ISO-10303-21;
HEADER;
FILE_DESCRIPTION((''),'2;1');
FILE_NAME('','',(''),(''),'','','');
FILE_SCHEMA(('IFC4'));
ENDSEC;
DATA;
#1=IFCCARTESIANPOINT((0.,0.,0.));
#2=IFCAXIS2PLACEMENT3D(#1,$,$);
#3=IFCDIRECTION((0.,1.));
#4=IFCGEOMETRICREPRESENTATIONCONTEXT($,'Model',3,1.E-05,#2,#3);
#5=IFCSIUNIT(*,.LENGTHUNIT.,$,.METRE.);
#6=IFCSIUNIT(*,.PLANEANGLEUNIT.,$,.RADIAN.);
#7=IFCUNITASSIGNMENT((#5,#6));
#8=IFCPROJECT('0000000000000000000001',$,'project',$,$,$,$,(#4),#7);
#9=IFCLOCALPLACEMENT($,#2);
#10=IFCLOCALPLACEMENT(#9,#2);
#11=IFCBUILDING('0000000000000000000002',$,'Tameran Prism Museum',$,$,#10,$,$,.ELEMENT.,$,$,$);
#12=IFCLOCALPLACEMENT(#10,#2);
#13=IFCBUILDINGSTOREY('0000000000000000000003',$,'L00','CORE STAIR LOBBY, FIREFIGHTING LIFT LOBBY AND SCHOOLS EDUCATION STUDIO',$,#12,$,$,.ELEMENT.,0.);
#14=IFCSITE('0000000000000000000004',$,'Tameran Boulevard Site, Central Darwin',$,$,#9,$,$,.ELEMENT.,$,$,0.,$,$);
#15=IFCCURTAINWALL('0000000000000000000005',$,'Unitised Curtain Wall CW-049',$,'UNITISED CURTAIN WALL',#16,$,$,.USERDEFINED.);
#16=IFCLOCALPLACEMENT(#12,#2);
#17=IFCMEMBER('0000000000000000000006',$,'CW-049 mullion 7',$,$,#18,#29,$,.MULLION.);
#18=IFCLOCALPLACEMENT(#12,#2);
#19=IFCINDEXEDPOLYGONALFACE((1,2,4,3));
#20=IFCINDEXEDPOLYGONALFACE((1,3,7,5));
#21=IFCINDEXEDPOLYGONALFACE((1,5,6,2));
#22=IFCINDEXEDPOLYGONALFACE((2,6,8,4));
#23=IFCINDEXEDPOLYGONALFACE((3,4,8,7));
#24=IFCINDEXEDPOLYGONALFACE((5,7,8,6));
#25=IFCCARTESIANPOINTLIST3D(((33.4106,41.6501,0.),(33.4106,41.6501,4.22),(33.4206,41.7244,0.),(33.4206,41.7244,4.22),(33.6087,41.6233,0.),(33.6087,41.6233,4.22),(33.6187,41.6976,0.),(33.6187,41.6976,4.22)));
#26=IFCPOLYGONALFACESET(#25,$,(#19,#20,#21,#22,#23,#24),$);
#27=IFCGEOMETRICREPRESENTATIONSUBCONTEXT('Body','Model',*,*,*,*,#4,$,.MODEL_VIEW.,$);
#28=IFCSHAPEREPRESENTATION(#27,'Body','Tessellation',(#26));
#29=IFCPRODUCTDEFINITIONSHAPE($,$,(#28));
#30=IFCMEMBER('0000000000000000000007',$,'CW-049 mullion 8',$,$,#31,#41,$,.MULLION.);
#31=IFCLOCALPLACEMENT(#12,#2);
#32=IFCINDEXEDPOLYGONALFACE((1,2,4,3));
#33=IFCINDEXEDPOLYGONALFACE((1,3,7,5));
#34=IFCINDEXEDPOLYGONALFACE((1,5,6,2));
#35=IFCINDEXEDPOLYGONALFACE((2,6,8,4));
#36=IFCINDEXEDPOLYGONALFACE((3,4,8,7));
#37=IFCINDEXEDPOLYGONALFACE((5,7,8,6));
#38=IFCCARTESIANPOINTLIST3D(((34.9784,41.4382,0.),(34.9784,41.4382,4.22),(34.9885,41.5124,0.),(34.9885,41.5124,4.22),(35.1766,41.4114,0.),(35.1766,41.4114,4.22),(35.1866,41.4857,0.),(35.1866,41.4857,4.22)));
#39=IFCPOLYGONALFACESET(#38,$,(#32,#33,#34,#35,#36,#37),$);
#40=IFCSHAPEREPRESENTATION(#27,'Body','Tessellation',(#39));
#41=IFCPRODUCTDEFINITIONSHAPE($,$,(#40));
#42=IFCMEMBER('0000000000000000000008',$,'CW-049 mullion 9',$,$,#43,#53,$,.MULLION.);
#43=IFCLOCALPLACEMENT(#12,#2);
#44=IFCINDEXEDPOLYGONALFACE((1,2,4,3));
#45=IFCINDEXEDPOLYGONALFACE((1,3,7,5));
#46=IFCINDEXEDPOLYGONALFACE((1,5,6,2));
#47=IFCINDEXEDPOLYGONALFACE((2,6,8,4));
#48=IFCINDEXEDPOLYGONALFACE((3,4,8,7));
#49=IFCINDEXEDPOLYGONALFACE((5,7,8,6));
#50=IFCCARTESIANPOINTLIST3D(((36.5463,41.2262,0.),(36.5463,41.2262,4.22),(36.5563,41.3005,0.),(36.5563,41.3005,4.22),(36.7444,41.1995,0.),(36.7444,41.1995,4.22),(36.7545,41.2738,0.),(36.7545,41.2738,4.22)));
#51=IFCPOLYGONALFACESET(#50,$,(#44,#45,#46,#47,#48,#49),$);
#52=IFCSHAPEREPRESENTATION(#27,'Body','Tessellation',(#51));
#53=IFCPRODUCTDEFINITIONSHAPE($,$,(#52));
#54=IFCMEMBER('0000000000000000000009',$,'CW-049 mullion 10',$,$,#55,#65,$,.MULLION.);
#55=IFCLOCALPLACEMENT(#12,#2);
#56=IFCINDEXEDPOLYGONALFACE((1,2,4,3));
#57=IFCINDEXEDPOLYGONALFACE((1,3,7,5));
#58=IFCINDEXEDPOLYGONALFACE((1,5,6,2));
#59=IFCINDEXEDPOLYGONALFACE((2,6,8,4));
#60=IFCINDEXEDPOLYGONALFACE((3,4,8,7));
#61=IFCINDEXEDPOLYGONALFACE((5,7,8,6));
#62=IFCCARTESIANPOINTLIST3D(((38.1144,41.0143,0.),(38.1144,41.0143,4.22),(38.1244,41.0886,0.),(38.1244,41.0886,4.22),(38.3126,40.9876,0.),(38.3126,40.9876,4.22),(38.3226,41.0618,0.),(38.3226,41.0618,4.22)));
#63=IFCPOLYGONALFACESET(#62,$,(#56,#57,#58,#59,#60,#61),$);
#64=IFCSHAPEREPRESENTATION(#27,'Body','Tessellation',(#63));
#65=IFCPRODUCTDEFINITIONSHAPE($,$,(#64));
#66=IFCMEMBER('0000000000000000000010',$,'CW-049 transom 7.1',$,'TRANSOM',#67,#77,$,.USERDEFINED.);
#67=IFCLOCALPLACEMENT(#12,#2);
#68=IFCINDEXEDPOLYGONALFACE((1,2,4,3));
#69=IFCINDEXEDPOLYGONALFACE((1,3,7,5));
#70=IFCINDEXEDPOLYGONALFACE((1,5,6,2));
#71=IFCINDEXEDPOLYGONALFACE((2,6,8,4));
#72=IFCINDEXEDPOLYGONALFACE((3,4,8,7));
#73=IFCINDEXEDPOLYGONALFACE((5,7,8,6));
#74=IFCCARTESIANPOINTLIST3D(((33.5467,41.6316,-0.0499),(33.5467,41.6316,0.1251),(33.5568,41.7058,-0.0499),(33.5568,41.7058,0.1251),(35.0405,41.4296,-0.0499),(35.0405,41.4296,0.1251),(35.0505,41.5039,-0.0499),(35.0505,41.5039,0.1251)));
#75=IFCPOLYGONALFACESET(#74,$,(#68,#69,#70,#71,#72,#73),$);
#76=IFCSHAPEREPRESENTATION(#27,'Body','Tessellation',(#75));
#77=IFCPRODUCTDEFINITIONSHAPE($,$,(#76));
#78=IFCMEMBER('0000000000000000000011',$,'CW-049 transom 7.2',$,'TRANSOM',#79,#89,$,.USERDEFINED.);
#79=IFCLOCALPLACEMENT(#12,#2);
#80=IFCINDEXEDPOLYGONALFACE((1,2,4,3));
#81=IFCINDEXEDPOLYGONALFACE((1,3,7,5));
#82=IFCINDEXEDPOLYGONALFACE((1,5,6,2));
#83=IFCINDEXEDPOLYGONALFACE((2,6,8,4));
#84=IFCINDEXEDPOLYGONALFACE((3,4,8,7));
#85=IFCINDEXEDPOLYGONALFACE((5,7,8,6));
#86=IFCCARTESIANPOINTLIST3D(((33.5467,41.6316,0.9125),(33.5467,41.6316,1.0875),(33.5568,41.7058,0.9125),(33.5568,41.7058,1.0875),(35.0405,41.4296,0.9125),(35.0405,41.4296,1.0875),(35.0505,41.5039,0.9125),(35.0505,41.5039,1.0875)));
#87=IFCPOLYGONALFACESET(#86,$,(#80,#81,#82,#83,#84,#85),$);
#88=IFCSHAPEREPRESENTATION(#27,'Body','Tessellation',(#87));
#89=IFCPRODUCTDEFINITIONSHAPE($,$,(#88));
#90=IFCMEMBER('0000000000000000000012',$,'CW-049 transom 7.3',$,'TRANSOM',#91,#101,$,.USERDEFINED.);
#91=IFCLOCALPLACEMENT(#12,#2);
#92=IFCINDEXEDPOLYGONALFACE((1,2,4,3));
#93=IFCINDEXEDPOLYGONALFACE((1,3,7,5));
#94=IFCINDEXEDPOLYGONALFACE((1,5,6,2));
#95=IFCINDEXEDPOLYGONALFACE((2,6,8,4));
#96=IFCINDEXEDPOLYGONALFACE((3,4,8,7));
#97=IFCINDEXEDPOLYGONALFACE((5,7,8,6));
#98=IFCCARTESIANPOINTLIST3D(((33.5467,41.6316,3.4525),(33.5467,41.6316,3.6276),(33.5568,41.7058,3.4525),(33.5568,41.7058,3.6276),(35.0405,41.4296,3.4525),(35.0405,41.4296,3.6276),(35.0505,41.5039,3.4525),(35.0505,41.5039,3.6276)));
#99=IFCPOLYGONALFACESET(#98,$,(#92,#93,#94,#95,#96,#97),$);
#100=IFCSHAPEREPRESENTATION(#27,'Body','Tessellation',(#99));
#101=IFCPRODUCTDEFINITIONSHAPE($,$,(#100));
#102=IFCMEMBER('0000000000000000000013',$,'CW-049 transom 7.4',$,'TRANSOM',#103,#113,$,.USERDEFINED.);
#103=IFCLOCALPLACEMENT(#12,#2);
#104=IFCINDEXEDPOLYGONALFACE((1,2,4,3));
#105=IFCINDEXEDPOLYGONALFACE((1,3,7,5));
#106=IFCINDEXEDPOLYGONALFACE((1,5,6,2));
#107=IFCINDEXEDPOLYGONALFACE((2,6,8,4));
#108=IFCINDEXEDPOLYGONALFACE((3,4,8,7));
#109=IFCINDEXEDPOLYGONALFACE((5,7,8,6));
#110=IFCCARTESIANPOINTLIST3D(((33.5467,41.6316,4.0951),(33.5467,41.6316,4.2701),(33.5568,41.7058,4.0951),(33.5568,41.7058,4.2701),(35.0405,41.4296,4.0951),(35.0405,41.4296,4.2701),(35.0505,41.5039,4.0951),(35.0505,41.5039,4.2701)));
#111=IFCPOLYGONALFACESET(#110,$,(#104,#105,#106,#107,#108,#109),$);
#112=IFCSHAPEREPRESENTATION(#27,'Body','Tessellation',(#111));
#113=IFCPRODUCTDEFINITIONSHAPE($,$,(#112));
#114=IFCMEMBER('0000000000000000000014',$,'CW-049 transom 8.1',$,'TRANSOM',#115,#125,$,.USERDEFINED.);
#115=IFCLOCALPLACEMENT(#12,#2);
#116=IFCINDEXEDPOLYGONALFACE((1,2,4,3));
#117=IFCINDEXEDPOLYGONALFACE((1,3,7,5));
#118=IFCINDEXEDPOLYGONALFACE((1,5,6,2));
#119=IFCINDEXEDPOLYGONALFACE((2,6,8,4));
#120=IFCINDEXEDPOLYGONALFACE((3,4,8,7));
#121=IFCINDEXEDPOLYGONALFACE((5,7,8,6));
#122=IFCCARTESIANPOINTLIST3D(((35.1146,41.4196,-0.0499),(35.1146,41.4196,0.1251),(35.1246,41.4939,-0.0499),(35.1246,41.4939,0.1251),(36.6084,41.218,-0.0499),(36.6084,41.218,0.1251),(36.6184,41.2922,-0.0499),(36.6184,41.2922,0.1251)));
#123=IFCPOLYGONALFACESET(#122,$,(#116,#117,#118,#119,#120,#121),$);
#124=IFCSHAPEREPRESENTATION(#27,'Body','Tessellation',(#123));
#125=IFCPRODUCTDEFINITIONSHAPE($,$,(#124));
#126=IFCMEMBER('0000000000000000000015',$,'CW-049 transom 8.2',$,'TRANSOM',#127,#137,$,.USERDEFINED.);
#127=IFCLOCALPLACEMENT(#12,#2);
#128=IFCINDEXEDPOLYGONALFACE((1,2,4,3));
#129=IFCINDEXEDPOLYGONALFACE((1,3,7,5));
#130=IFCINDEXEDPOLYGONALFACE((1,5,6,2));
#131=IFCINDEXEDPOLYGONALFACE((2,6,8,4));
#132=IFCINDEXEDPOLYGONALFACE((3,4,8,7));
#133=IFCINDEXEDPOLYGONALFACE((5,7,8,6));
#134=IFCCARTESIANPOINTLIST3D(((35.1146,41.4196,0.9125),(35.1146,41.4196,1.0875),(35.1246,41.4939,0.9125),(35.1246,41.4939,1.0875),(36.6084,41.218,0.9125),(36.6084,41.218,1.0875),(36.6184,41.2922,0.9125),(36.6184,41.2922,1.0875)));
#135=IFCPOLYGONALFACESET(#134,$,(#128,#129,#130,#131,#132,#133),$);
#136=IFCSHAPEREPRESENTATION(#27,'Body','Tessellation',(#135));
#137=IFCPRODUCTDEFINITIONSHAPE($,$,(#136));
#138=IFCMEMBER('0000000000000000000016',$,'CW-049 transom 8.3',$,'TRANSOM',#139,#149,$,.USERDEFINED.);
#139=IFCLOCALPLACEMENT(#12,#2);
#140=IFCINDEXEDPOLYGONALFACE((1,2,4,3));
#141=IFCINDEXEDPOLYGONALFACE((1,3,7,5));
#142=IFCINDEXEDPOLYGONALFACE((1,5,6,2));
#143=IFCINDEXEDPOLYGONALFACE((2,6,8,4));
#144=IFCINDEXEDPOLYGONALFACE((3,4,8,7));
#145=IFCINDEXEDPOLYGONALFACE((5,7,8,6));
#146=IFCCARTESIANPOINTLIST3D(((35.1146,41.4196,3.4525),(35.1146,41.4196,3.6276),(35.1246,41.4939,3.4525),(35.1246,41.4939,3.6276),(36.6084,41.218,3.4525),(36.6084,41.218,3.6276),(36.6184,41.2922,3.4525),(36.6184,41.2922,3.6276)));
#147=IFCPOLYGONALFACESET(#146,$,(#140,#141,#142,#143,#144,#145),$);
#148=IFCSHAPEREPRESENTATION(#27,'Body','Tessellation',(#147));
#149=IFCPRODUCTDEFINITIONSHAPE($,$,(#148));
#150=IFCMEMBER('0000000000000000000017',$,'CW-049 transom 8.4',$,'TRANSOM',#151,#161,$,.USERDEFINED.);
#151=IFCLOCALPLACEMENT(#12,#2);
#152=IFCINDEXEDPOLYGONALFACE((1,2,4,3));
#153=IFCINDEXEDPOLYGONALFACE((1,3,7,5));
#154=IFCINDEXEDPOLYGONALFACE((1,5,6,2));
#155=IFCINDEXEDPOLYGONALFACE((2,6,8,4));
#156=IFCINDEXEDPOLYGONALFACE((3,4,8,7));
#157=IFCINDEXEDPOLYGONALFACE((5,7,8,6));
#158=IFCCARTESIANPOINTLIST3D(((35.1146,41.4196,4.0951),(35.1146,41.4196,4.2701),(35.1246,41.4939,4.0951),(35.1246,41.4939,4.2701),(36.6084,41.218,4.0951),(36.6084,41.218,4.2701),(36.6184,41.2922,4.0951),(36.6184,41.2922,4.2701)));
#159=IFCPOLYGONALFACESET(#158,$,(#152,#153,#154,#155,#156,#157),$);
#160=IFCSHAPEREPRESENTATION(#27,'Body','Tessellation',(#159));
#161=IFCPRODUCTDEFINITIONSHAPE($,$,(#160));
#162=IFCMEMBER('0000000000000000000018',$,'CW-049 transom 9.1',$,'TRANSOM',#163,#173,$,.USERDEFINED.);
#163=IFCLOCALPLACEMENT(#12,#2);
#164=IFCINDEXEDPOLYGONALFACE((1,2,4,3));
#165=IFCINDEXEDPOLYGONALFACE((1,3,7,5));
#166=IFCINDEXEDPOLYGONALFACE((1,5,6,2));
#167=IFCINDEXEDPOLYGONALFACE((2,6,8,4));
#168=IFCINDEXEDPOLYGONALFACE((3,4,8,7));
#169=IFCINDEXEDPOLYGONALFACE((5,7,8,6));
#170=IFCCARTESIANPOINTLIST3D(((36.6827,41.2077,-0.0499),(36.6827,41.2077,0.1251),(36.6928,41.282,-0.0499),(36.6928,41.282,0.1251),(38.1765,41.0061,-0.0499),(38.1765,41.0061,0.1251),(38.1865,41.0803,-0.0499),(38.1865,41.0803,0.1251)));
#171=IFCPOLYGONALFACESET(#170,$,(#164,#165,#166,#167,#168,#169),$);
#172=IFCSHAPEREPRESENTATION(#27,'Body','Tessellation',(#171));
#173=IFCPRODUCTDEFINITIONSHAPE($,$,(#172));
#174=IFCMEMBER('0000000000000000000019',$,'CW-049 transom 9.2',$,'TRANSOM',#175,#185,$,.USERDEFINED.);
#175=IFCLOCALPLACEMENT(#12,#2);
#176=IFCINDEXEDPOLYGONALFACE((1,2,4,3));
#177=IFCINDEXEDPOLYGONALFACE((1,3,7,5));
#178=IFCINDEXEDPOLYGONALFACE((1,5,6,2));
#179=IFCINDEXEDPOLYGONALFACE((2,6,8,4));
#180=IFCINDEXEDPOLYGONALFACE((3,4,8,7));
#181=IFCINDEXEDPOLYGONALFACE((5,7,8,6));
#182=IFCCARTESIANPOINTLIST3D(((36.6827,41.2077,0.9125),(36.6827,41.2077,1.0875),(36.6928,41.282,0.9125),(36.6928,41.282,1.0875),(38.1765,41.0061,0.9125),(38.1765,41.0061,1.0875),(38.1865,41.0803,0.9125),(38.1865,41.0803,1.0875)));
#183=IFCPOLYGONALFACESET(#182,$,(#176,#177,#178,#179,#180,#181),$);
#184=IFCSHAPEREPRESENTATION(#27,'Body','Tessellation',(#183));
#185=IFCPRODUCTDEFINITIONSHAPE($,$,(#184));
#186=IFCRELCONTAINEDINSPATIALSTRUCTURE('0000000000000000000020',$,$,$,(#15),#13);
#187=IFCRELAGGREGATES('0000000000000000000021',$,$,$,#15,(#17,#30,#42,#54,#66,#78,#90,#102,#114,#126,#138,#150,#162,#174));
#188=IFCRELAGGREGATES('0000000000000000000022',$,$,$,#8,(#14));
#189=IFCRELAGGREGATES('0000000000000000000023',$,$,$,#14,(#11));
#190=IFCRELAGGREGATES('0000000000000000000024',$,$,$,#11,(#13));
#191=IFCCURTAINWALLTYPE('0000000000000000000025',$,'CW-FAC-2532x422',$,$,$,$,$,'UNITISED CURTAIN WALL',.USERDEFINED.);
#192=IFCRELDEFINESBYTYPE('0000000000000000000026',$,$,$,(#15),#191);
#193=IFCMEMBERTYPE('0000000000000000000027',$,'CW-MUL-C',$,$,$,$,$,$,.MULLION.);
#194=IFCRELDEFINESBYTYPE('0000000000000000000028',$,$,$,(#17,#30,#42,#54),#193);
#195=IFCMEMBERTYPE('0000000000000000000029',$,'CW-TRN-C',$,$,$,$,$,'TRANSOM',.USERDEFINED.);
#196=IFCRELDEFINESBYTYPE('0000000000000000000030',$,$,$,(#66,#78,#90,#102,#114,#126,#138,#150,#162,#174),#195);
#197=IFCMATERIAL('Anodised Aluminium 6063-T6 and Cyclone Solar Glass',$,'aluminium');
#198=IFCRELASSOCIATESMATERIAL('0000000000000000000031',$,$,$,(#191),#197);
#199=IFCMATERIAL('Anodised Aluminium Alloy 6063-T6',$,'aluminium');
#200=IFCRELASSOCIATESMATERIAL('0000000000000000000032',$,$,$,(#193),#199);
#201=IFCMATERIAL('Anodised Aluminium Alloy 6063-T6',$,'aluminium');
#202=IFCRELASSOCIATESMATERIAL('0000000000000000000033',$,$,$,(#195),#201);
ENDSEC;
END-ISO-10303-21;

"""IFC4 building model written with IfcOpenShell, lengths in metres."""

from ifc_helpers import new_model, si_unit, direction, frame, origin, origin_2d, place, context, subcontext, project, spatial, rectangle, extrude, material, material_profile, profile_set, type_object, element, aggregate, save


model = new_model("IFC4")

# Units and contexts
model_context = context("Model", 3, precision=1e-05, world=origin(), true_north=direction((0.0, 1.0)))
body_context = subcontext(model_context, "Body", "Model", "MODEL_VIEW")
ifc_project = project(units=[si_unit("LENGTHUNIT", "METRE"), si_unit("PLANEANGLEUNIT", "RADIAN")], contexts=[model_context])

# Site, building, storey
site_placement = place(None, origin())
site = spatial("IfcSite", under=ifc_project, at=site_placement, Name="Tameran Boulevard Site, Central Darwin", CompositionType="ELEMENT", RefElevation=0.0)
building_placement = place(site_placement, origin())
building = spatial("IfcBuilding", under=site, at=building_placement, Name="Tameran Prism Museum", CompositionType="ELEMENT")
storey_placement = place(building_placement, origin())
storey = spatial("IfcBuildingStorey", under=building, at=storey_placement, Name="L00", Description="CORE STAIR LOBBY, FIREFIGHTING LIFT LOBBY AND SCHOOLS EDUCATION STUDIO", CompositionType="ELEMENT", Elevation=0.0)

# Curtain wall, members
ifc_material_1 = material(Name="Anodised Aluminium 6063-T6 and Cyclone Solar Glass", Category="aluminium")
curtain_wall_type = type_object("IfcCurtainWallType", Name="CW-FAC-2532x422", ElementType="UNITISED CURTAIN WALL", PredefinedType="USERDEFINED", material=ifc_material_1)
curtain_wall_placement = place(storey_placement, origin())
curtain_wall = element("IfcCurtainWall", 1, at=curtain_wall_placement, inside=storey, type_object=curtain_wall_type, Name="Unitised Curtain Wall CW-049", ObjectType="UNITISED CURTAIN WALL", PredefinedType="USERDEFINED")
ifc_material_2 = material(Name="Anodised Aluminium Alloy 6063-T6", Category="aluminium")
ifc_material_profile_1 = material_profile(ifc_material_2, rectangle(XDim=0.075, YDim=0.2, at=origin_2d()))
ifc_profile_set_1 = profile_set([ifc_material_profile_1])
member_type_1 = type_object("IfcMemberType", Name="CW-MUL-C", PredefinedType="MULLION", material=ifc_profile_set_1)
member_1_placement = place(storey_placement, frame((33.5146, 41.6738, 0.0), z_axis=(0.0, 0.0, 1.0), x_axis=(0.133913, 0.990993, 0.0)))
member_1 = element("IfcMember", 2, at=member_1_placement, type_object=member_type_1, Name="CW-049 mullion 7", PredefinedType="MULLION", context=body_context, shape_type="SweptSolid", body=[
    extrude(rectangle(XDim=0.075, YDim=0.2, at=origin_2d()), origin(), (0.0, 0.0, 1.0), 4.22),
])
member_2_placement = place(storey_placement, frame((35.0825, 41.4619, 0.0), z_axis=(0.0, 0.0, 1.0), x_axis=(0.133913, 0.990993, 0.0)))
member_2 = element("IfcMember", 3, at=member_2_placement, type_object=member_type_1, Name="CW-049 mullion 8", PredefinedType="MULLION", context=body_context, shape_type="SweptSolid", body=[
    extrude(rectangle(XDim=0.075, YDim=0.2, at=origin_2d()), origin(), (0.0, 0.0, 1.0), 4.22),
])
member_3_placement = place(storey_placement, frame((36.6504, 41.25, 0.0), z_axis=(0.0, 0.0, 1.0), x_axis=(0.133913, 0.990993, 0.0)))
member_3 = element("IfcMember", 4, at=member_3_placement, type_object=member_type_1, Name="CW-049 mullion 9", PredefinedType="MULLION", context=body_context, shape_type="SweptSolid", body=[
    extrude(rectangle(XDim=0.075, YDim=0.2, at=origin_2d()), origin(), (0.0, 0.0, 1.0), 4.22),
])
member_4_placement = place(storey_placement, frame((38.2185, 41.0381, 0.0), z_axis=(0.0, 0.0, 1.0), x_axis=(0.133913, 0.990993, 0.0)))
member_4 = element("IfcMember", 5, at=member_4_placement, type_object=member_type_1, Name="CW-049 mullion 10", PredefinedType="MULLION", context=body_context, shape_type="SweptSolid", body=[
    extrude(rectangle(XDim=0.075, YDim=0.2, at=origin_2d()), origin(), (0.0, 0.0, 1.0), 4.22),
])
ifc_material_3 = material(Name="Anodised Aluminium Alloy 6063-T6", Category="aluminium")
ifc_material_profile_2 = material_profile(ifc_material_3, rectangle(XDim=0.075, YDim=0.175, at=origin_2d()))
ifc_profile_set_2 = profile_set([ifc_material_profile_2])
member_type_2 = type_object("IfcMemberType", Name="CW-TRN-C", ElementType="TRANSOM", PredefinedType="USERDEFINED", material=ifc_profile_set_2)
member_5_placement = place(storey_placement, frame((33.5518, 41.6687, 0.0376), z_axis=(0.990987, -0.133957, 0.0), x_axis=(0.133957, 0.990987, 0.0)))
member_5 = element("IfcMember", 6, at=member_5_placement, type_object=member_type_2, Name="CW-049 transom 7.1", ObjectType="TRANSOM", PredefinedType="USERDEFINED", context=body_context, shape_type="SweptSolid", body=[
    extrude(rectangle(XDim=0.075, YDim=0.175, at=origin_2d()), origin(), (0.0, 0.0, 1.0), 1.5073),
])
member_6_placement = place(storey_placement, frame((33.5518, 41.6687, 1.0), z_axis=(0.990987, -0.133957, 0.0), x_axis=(0.133957, 0.990987, 0.0)))
member_6 = element("IfcMember", 7, at=member_6_placement, type_object=member_type_2, Name="CW-049 transom 7.2", ObjectType="TRANSOM", PredefinedType="USERDEFINED", context=body_context, shape_type="SweptSolid", body=[
    extrude(rectangle(XDim=0.075, YDim=0.175, at=origin_2d()), origin(), (0.0, 0.0, 1.0), 1.5073),
])
member_7_placement = place(storey_placement, frame((33.5518, 41.6687, 3.54), z_axis=(0.990987, -0.133957, 0.0), x_axis=(0.133957, 0.990987, 0.0)))
member_7 = element("IfcMember", 8, at=member_7_placement, type_object=member_type_2, Name="CW-049 transom 7.3", ObjectType="TRANSOM", PredefinedType="USERDEFINED", context=body_context, shape_type="SweptSolid", body=[
    extrude(rectangle(XDim=0.075, YDim=0.175, at=origin_2d()), origin(), (0.0, 0.0, 1.0), 1.5073),
])
member_8_placement = place(storey_placement, frame((33.5518, 41.6687, 4.1826), z_axis=(0.990987, -0.133957, 0.0), x_axis=(0.133957, 0.990987, 0.0)))
member_8 = element("IfcMember", 9, at=member_8_placement, type_object=member_type_2, Name="CW-049 transom 7.4", ObjectType="TRANSOM", PredefinedType="USERDEFINED", context=body_context, shape_type="SweptSolid", body=[
    extrude(rectangle(XDim=0.075, YDim=0.175, at=origin_2d()), origin(), (0.0, 0.0, 1.0), 1.5073),
])
member_9_placement = place(storey_placement, frame((35.1196, 41.4568, 0.0376), z_axis=(0.991009, -0.133798, 0.0), x_axis=(0.133798, 0.991009, 0.0)))
member_9 = element("IfcMember", 10, at=member_9_placement, type_object=member_type_2, Name="CW-049 transom 8.1", ObjectType="TRANSOM", PredefinedType="USERDEFINED", context=body_context, shape_type="SweptSolid", body=[
    extrude(rectangle(XDim=0.075, YDim=0.175, at=origin_2d()), origin(), (0.0, 0.0, 1.0), 1.5073),
])
member_10_placement = place(storey_placement, frame((35.1196, 41.4568, 1.0), z_axis=(0.991009, -0.133798, 0.0), x_axis=(0.133798, 0.991009, 0.0)))
member_10 = element("IfcMember", 11, at=member_10_placement, type_object=member_type_2, Name="CW-049 transom 8.2", ObjectType="TRANSOM", PredefinedType="USERDEFINED", context=body_context, shape_type="SweptSolid", body=[
    extrude(rectangle(XDim=0.075, YDim=0.175, at=origin_2d()), origin(), (0.0, 0.0, 1.0), 1.5073),
])
member_11_placement = place(storey_placement, frame((35.1196, 41.4568, 3.54), z_axis=(0.991009, -0.133798, 0.0), x_axis=(0.133798, 0.991009, 0.0)))
member_11 = element("IfcMember", 12, at=member_11_placement, type_object=member_type_2, Name="CW-049 transom 8.3", ObjectType="TRANSOM", PredefinedType="USERDEFINED", context=body_context, shape_type="SweptSolid", body=[
    extrude(rectangle(XDim=0.075, YDim=0.175, at=origin_2d()), origin(), (0.0, 0.0, 1.0), 1.5073),
])
member_12_placement = place(storey_placement, frame((35.1196, 41.4568, 4.1826), z_axis=(0.991009, -0.133798, 0.0), x_axis=(0.133798, 0.991009, 0.0)))
member_12 = element("IfcMember", 13, at=member_12_placement, type_object=member_type_2, Name="CW-049 transom 8.4", ObjectType="TRANSOM", PredefinedType="USERDEFINED", context=body_context, shape_type="SweptSolid", body=[
    extrude(rectangle(XDim=0.075, YDim=0.175, at=origin_2d()), origin(), (0.0, 0.0, 1.0), 1.5073),
])
member_13_placement = place(storey_placement, frame((36.6877, 41.2449, 0.0376), z_axis=(0.991009, -0.133798, 0.0), x_axis=(0.133798, 0.991009, 0.0)))
member_13 = element("IfcMember", 14, at=member_13_placement, type_object=member_type_2, Name="CW-049 transom 9.1", ObjectType="TRANSOM", PredefinedType="USERDEFINED", context=body_context, shape_type="SweptSolid", body=[
    extrude(rectangle(XDim=0.075, YDim=0.175, at=origin_2d()), origin(), (0.0, 0.0, 1.0), 1.5073),
])
member_14_placement = place(storey_placement, frame((36.6877, 41.2449, 1.0), z_axis=(0.991009, -0.133798, 0.0), x_axis=(0.133798, 0.991009, 0.0)))
member_14 = element("IfcMember", 15, at=member_14_placement, type_object=member_type_2, Name="CW-049 transom 9.2", ObjectType="TRANSOM", PredefinedType="USERDEFINED", context=body_context, shape_type="SweptSolid", body=[
    extrude(rectangle(XDim=0.075, YDim=0.175, at=origin_2d()), origin(), (0.0, 0.0, 1.0), 1.5073),
])
aggregate(curtain_wall, [member_1, member_2, member_3, member_4, member_5, member_6, member_7, member_8, member_9, member_10, member_11, member_12, member_13, member_14])

save(model, "model.ifc")
